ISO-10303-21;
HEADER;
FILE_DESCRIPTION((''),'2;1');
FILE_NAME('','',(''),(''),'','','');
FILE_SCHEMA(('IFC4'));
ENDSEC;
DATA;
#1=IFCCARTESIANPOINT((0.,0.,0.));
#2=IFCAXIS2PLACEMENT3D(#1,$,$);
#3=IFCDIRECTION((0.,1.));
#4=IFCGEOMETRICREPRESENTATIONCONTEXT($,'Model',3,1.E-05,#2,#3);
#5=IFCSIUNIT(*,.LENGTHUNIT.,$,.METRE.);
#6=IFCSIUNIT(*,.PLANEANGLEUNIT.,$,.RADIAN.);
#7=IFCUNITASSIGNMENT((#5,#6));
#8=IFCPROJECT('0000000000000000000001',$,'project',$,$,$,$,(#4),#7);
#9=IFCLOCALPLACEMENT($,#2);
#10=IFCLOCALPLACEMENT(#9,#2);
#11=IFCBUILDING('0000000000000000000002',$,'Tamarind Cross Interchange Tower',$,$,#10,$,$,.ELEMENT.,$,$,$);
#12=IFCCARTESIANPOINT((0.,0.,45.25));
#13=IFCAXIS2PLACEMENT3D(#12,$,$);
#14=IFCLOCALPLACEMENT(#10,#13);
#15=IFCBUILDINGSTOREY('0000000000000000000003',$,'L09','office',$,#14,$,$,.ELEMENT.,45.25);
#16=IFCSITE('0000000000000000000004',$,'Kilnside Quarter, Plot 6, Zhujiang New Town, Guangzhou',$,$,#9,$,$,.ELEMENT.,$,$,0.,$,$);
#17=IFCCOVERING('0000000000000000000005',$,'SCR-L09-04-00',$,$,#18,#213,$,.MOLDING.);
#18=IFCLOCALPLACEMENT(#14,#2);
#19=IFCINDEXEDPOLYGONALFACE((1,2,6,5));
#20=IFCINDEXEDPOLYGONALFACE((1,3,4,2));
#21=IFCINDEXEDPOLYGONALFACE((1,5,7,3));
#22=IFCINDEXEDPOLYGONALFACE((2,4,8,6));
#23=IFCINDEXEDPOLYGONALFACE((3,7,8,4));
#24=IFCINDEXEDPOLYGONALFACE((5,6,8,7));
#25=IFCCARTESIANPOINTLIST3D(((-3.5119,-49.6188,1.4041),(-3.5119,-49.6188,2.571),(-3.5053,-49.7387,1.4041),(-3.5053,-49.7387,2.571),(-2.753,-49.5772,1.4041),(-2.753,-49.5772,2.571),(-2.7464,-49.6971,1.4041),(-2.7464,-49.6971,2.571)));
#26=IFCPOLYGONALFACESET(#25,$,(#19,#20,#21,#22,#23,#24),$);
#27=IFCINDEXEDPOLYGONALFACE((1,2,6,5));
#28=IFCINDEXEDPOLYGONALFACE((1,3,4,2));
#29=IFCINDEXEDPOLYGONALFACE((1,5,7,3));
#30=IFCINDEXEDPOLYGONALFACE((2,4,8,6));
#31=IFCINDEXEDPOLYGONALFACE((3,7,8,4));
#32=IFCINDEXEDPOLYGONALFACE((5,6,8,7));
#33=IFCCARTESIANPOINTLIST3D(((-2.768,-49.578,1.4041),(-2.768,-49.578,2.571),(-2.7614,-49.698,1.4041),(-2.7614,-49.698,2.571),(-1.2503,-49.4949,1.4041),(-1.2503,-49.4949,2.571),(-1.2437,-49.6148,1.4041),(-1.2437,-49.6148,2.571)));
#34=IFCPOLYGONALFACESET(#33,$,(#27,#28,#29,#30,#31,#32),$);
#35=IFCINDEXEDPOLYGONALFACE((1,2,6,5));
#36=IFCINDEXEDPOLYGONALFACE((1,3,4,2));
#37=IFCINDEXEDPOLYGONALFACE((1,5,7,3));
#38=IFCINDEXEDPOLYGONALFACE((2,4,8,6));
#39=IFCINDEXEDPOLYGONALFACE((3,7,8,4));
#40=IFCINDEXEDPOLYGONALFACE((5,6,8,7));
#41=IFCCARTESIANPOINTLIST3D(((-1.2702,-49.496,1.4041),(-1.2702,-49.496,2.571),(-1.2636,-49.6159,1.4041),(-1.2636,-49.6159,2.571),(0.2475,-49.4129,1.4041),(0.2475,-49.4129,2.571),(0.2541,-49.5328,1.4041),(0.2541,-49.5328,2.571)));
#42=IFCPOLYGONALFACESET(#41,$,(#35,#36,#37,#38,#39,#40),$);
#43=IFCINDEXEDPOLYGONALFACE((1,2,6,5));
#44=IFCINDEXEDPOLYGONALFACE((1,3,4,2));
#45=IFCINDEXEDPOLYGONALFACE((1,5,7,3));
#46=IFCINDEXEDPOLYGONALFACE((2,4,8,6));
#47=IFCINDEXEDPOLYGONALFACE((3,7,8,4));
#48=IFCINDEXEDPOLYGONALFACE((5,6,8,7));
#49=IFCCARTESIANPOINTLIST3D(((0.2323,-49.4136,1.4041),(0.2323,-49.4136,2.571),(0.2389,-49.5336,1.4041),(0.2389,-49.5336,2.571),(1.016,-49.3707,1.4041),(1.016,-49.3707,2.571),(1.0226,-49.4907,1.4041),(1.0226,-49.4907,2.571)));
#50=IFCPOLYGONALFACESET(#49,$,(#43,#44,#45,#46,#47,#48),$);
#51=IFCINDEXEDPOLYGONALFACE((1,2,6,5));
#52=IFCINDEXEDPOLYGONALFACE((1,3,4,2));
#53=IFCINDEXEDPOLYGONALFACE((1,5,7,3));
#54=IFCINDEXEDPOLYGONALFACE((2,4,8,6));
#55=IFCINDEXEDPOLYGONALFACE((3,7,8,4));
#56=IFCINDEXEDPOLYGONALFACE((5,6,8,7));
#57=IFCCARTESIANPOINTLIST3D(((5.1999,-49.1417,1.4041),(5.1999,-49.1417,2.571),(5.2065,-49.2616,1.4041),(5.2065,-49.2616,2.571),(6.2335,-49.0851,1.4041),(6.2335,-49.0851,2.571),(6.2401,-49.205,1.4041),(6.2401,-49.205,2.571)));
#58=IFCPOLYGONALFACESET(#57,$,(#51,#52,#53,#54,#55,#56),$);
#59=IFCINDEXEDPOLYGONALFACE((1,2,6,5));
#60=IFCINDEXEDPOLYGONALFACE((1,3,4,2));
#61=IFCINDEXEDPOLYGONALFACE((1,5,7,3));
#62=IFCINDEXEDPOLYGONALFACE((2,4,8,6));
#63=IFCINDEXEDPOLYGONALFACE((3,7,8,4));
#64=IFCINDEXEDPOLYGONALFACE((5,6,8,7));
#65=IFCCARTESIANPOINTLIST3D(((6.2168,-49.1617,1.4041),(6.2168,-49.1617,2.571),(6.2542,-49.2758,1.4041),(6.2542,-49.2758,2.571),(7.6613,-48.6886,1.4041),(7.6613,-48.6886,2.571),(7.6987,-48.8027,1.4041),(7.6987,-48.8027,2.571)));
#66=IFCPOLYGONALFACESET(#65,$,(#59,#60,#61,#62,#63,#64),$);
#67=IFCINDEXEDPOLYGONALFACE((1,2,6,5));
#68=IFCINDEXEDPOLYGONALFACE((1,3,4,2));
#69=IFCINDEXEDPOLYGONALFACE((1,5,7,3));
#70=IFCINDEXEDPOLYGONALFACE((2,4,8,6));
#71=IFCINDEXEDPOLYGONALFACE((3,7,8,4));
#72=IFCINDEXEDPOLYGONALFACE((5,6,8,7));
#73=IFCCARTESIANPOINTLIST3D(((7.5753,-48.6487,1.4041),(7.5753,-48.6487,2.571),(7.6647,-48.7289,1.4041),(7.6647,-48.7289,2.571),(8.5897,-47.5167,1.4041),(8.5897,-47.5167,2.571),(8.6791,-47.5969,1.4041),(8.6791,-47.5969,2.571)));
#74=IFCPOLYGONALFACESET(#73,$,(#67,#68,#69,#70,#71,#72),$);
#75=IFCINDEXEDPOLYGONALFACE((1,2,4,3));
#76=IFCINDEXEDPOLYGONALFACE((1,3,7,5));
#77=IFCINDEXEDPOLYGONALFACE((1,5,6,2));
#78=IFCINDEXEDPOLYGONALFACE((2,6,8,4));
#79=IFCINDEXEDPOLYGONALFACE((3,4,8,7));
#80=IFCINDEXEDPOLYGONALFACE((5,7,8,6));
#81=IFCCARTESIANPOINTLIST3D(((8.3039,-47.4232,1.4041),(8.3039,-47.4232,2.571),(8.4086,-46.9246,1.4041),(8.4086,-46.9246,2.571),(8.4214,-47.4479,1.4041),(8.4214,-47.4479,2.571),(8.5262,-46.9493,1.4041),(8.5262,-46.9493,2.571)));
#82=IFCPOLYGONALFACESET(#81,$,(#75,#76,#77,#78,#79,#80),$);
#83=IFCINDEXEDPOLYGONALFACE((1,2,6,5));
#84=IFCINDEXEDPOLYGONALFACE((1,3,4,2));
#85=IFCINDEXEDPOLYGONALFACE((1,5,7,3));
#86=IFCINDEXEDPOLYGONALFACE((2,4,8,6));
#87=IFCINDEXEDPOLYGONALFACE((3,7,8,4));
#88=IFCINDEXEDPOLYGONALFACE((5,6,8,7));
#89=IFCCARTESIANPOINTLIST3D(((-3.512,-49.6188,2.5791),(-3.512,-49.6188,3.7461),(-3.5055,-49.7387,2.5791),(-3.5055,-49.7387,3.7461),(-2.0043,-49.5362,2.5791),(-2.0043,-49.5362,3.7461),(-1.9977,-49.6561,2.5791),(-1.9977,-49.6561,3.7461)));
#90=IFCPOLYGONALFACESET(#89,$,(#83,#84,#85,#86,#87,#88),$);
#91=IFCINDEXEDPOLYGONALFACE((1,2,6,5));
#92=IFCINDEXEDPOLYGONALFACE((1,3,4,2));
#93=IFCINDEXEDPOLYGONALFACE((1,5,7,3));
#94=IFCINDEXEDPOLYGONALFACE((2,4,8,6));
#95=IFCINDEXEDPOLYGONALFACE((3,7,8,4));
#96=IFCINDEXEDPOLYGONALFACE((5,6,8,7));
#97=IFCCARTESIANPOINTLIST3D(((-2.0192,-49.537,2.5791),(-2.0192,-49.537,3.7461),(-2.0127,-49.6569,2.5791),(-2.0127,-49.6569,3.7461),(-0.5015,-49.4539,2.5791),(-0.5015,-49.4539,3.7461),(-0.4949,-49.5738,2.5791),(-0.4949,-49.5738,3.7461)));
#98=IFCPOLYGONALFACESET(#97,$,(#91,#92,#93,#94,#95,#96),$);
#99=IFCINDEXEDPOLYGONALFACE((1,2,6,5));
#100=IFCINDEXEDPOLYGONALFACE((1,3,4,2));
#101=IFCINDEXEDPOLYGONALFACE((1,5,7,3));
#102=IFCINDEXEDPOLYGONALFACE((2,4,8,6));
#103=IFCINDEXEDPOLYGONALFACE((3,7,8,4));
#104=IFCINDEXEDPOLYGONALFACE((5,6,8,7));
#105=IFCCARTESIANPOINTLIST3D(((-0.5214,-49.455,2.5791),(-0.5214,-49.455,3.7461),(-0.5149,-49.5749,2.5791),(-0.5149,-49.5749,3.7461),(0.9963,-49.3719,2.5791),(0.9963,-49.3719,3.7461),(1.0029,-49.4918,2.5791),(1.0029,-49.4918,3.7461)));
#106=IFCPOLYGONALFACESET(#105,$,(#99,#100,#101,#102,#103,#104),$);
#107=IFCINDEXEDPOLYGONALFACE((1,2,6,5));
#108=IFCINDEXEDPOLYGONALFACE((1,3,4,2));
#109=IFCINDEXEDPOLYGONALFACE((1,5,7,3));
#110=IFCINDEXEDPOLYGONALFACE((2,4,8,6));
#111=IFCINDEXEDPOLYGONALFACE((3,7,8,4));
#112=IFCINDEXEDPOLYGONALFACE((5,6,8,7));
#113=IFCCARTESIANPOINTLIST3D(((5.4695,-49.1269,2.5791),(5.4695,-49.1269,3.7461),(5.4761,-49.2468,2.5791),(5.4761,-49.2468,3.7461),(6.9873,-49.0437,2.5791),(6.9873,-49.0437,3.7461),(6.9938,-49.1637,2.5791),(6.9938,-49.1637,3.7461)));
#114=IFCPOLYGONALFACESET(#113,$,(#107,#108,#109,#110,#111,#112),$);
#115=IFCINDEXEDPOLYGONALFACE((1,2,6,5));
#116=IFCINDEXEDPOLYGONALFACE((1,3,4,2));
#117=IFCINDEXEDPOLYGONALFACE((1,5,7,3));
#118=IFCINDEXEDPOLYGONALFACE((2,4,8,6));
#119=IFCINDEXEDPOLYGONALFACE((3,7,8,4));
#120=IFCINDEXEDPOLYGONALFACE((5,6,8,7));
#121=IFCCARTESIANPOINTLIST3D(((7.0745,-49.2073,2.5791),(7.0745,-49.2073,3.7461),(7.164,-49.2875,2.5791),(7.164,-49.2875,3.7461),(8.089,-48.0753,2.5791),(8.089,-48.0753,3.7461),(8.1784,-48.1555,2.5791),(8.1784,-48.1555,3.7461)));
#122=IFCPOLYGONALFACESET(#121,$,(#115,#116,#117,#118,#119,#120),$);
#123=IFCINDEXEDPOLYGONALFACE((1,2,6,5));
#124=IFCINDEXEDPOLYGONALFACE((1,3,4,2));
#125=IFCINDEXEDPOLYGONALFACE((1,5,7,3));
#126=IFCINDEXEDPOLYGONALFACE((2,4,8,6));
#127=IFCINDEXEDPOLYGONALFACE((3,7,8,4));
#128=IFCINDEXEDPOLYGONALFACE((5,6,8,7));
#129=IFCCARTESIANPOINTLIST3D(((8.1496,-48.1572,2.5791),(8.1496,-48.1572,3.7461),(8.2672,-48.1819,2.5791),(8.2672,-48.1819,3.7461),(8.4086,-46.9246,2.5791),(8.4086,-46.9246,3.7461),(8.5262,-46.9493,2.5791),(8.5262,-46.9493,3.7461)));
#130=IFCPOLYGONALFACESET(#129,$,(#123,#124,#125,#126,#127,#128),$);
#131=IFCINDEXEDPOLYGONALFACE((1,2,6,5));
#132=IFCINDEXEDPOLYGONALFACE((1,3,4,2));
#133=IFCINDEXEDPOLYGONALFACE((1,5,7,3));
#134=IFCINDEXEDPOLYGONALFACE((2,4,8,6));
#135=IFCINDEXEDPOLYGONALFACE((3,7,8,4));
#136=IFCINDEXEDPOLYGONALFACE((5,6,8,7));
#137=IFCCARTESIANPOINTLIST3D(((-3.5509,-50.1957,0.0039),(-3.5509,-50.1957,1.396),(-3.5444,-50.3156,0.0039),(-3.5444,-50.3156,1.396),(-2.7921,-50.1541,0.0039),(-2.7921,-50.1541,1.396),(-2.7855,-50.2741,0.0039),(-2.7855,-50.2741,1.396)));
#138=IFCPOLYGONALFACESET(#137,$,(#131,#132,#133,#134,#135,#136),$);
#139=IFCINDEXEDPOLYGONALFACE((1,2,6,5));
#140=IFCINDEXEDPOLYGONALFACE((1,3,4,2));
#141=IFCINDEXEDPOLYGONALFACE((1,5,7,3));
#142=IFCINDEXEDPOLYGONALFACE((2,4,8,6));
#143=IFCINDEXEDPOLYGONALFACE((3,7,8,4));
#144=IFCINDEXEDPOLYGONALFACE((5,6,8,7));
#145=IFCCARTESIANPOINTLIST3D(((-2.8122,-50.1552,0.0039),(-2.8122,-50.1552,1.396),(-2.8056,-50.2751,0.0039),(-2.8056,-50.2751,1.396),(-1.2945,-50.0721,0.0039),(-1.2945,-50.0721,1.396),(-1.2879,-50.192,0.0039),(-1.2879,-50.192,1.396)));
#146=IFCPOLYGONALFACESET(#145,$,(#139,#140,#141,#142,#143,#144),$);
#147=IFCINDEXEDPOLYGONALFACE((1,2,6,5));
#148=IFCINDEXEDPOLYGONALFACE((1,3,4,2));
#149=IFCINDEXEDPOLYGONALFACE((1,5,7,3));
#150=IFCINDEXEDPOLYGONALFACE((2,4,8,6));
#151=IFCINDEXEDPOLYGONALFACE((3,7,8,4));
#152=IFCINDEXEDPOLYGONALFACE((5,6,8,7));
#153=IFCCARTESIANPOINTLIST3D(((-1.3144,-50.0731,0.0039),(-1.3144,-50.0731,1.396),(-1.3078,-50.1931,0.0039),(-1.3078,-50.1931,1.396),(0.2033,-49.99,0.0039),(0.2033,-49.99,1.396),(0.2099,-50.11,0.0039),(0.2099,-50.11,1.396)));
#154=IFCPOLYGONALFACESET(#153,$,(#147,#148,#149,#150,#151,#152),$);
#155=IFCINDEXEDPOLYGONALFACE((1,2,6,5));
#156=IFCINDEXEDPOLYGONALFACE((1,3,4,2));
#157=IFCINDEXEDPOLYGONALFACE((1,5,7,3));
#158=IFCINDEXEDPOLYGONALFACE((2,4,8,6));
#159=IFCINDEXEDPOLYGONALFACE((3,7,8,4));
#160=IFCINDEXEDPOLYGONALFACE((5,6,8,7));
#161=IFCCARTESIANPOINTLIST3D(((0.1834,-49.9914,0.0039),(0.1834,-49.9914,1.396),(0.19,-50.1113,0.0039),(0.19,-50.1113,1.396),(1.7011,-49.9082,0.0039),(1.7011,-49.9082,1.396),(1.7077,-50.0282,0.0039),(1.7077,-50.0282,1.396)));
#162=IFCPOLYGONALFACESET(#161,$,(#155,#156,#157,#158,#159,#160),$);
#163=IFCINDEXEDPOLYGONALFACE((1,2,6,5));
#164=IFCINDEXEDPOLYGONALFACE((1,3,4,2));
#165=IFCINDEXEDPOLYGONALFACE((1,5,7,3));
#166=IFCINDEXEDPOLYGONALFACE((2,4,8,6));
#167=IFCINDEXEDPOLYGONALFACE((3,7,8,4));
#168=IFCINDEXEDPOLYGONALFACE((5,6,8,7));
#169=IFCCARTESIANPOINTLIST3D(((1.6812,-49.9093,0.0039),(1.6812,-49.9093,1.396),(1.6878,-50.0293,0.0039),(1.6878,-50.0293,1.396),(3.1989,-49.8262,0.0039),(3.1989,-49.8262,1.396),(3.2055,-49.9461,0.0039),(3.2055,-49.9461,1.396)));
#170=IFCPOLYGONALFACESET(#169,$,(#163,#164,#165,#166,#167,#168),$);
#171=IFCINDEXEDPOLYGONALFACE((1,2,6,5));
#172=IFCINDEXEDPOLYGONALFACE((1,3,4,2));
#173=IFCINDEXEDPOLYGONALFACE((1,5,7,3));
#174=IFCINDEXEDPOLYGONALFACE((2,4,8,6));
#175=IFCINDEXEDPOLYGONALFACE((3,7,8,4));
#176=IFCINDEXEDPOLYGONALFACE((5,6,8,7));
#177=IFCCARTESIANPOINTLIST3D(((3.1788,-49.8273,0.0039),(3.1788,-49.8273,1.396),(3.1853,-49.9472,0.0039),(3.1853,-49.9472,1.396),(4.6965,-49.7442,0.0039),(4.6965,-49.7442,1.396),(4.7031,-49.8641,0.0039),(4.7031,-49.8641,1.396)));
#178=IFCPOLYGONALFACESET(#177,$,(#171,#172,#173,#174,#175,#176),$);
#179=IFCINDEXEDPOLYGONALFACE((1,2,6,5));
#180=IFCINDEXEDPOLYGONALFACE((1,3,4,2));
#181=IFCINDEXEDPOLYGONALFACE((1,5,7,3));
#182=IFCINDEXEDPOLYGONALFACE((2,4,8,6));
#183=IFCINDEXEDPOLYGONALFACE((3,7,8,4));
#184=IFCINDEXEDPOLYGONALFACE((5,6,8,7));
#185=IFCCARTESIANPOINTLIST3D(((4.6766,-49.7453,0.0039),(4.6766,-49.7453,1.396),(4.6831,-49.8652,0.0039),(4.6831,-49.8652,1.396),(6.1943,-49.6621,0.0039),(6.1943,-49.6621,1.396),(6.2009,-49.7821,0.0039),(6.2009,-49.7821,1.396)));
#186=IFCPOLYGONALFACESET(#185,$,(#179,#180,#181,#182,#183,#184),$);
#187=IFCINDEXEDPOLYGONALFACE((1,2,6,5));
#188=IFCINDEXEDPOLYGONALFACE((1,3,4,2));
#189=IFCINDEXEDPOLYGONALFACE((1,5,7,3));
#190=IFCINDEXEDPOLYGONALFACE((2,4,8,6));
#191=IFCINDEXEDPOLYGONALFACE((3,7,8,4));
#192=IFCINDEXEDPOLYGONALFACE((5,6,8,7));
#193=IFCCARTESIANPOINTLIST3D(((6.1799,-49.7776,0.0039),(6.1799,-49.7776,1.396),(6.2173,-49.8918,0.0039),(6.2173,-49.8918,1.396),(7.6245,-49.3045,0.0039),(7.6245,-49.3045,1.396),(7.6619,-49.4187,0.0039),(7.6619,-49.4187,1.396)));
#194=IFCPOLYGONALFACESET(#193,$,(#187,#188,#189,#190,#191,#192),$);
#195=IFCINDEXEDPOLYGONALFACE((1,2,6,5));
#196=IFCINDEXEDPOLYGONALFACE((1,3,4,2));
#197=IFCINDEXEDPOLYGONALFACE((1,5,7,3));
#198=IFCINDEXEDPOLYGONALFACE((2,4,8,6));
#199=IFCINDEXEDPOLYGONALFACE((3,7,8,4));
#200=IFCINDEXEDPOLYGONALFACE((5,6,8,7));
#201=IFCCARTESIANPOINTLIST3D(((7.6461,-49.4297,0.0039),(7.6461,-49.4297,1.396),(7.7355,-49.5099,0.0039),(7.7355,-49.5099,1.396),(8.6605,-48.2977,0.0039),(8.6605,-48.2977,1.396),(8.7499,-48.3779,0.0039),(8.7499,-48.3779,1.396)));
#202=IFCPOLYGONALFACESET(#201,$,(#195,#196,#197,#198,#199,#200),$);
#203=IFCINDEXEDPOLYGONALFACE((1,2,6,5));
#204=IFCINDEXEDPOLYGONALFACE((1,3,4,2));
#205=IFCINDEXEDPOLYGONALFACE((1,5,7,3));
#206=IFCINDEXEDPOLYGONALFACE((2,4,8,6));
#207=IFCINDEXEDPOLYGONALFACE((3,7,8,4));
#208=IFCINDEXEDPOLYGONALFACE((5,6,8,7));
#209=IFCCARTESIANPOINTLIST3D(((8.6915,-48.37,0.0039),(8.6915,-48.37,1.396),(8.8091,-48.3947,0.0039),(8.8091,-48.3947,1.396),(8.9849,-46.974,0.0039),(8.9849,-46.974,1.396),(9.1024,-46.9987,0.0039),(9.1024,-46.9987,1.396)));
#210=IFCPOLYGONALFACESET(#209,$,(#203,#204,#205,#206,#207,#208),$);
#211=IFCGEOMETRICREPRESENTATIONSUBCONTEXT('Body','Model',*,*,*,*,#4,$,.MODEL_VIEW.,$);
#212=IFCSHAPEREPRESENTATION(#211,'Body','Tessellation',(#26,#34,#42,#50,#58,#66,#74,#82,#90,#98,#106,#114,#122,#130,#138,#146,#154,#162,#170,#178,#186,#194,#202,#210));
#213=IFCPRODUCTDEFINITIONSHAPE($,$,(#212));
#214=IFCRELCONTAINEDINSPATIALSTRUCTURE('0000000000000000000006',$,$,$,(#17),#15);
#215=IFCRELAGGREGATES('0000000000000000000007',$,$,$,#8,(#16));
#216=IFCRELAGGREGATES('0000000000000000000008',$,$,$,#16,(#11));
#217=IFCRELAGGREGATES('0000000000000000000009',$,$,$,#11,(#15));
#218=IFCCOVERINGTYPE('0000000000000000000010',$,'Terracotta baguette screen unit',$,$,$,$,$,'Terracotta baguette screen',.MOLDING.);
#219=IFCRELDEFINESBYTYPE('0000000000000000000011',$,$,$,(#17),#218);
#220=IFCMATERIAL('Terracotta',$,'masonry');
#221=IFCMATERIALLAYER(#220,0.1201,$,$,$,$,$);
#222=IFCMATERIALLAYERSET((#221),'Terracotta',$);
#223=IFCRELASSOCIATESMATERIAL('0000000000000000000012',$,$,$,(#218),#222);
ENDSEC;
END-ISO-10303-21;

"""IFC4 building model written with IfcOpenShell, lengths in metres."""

from ifc_helpers import new_model, si_unit, direction, frame, origin, origin_2d, place, context, subcontext, project, spatial, rectangle, extrude, material, layer, layer_set, type_object, element, save


model = new_model("IFC4")

# Units and contexts
model_context = context("Model", 3, precision=1e-05, world=origin(), true_north=direction((0.0, 1.0)))
body_context = subcontext(model_context, "Body", "Model", "MODEL_VIEW")
ifc_project = project(units=[si_unit("LENGTHUNIT", "METRE"), si_unit("PLANEANGLEUNIT", "RADIAN")], contexts=[model_context])

# Site, building, storey
site_placement = place(None, origin())
site = spatial("IfcSite", under=ifc_project, at=site_placement, Name="Kilnside Quarter, Plot 6, Zhujiang New Town, Guangzhou", CompositionType="ELEMENT", RefElevation=0.0)
building_placement = place(site_placement, origin())
building = spatial("IfcBuilding", under=site, at=building_placement, Name="Tamarind Cross Interchange Tower", CompositionType="ELEMENT")
storey_placement = place(building_placement, frame((0.0, 0.0, 45.25)))
storey = spatial("IfcBuildingStorey", under=building, at=storey_placement, Name="L09", Description="office", CompositionType="ELEMENT", Elevation=45.25)

# Covering
ifc_material_1 = material(Name="Terracotta", Category="masonry")
ifc_layer_1 = layer(ifc_material_1, 0.1201)
ifc_layer_set_1 = layer_set([ifc_layer_1], Name="Terracotta")
covering_type = type_object("IfcCoveringType", Name="Terracotta baguette screen unit", ElementType="Terracotta baguette screen", PredefinedType="MOLDING", material=ifc_layer_set_1)
covering_1_placement = place(storey_placement, origin())
element("IfcCovering", 1, at=covering_1_placement, inside=storey, type_object=covering_type, Name="SCR-L09-04-00", PredefinedType="MOLDING", context=body_context, shape_type="SweptSolid", body=[
    extrude(rectangle(XDim=0.76, YDim=0.1201, at=origin_2d()), frame((-3.1292, -49.658, 1.4041), z_axis=(0.0, 0.0, 1.0), x_axis=(0.998504, 0.054678, 0.0)), (0.0, 0.0, 1.0), 1.167),
    extrude(rectangle(XDim=1.52, YDim=0.1201, at=origin_2d()), frame((-2.0059, -49.5964, 1.4041), z_axis=(0.0, 0.0, 1.0), x_axis=(0.998504, 0.054678, 0.0)), (0.0, 0.0, 1.0), 1.167),
    extrude(rectangle(XDim=1.52, YDim=0.1201, at=origin_2d()), frame((-0.5081, -49.5144, 1.4041), z_axis=(0.0, 0.0, 1.0), x_axis=(0.998504, 0.054678, 0.0)), (0.0, 0.0, 1.0), 1.167),
    extrude(rectangle(XDim=0.7849, YDim=0.1201, at=origin_2d()), frame((0.6274, -49.4521, 1.4041), z_axis=(0.0, 0.0, 1.0), x_axis=(0.998504, 0.054678, 0.0)), (0.0, 0.0, 1.0), 1.167),
    extrude(rectangle(XDim=1.0352, YDim=0.1201, at=origin_2d()), frame((5.72, -49.1733, 1.4041), z_axis=(0.0, 0.0, 1.0), x_axis=(0.998504, 0.054678, 0.0)), (0.0, 0.0, 1.0), 1.167),
    extrude(rectangle(XDim=1.52, YDim=0.1201, at=origin_2d()), frame((6.9578, -48.9822, 1.4041), z_axis=(0.0, 0.0, 1.0), x_axis=(0.950329, 0.311247, 0.0)), (0.0, 0.0, 1.0), 1.167),
    extrude(rectangle(XDim=1.52, YDim=0.1201, at=origin_2d()), frame((8.1272, -48.1228, 1.4041), z_axis=(0.0, 0.0, 1.0), x_axis=(0.667386, 0.744712, 0.0)), (0.0, 0.0, 1.0), 1.167),
    extrude(rectangle(XDim=0.5095, YDim=0.1201, at=origin_2d()), frame((8.415, -47.1863, 1.4041), z_axis=(0.0, 0.0, 1.0), x_axis=(0.205617, 0.978633, 0.0)), (0.0, 0.0, 1.0), 1.167),
    extrude(rectangle(XDim=1.51, YDim=0.1201, at=origin_2d()), frame((-2.7549, -49.6375, 2.5791), z_axis=(0.0, 0.0, 1.0), x_axis=(0.998504, 0.054678, 0.0)), (0.0, 0.0, 1.0), 1.167),
    extrude(rectangle(XDim=1.52, YDim=0.1201, at=origin_2d()), frame((-1.2571, -49.5554, 2.5791), z_axis=(0.0, 0.0, 1.0), x_axis=(0.998504, 0.054678, 0.0)), (0.0, 0.0, 1.0), 1.167),
    extrude(rectangle(XDim=1.52, YDim=0.1201, at=origin_2d()), frame((0.2407, -49.4734, 2.5791), z_axis=(0.0, 0.0, 1.0), x_axis=(0.998504, 0.054678, 0.0)), (0.0, 0.0, 1.0), 1.167),
    extrude(rectangle(XDim=1.52, YDim=0.1201, at=origin_2d()), frame((6.2317, -49.1453, 2.5791), z_axis=(0.0, 0.0, 1.0), x_axis=(0.998504, 0.054678, 0.0)), (0.0, 0.0, 1.0), 1.167),
    extrude(rectangle(XDim=1.52, YDim=0.1201, at=origin_2d()), frame((7.6265, -48.6814, 2.5791), z_axis=(0.0, 0.0, 1.0), x_axis=(0.667386, 0.744712, 0.0)), (0.0, 0.0, 1.0), 1.167),
    extrude(rectangle(XDim=1.2595, YDim=0.1201, at=origin_2d()), frame((8.3379, -47.5532, 2.5791), z_axis=(0.0, 0.0, 1.0), x_axis=(0.205617, 0.978633, 0.0)), (0.0, 0.0, 1.0), 1.167),
    extrude(rectangle(XDim=0.76, YDim=0.1201, at=origin_2d()), frame((-3.1682, -50.2349, 0.0039), z_axis=(0.0, 0.0, 1.0), x_axis=(0.998504, 0.054678, 0.0)), (0.0, 0.0, 1.0), 1.3921),
    extrude(rectangle(XDim=1.52, YDim=0.1201, at=origin_2d()), frame((-2.05, -50.1736, 0.0039), z_axis=(0.0, 0.0, 1.0), x_axis=(0.998504, 0.054678, 0.0)), (0.0, 0.0, 1.0), 1.3921),
    extrude(rectangle(XDim=1.52, YDim=0.1201, at=origin_2d()), frame((-0.5522, -50.0916, 0.0039), z_axis=(0.0, 0.0, 1.0), x_axis=(0.998504, 0.054678, 0.0)), (0.0, 0.0, 1.0), 1.3921),
    extrude(rectangle(XDim=1.52, YDim=0.1201, at=origin_2d()), frame((0.9456, -50.0098, 0.0039), z_axis=(0.0, 0.0, 1.0), x_axis=(0.998504, 0.054678, 0.0)), (0.0, 0.0, 1.0), 1.3921),
    extrude(rectangle(XDim=1.52, YDim=0.1201, at=origin_2d()), frame((2.4434, -49.9277, 0.0039), z_axis=(0.0, 0.0, 1.0), x_axis=(0.998504, 0.054678, 0.0)), (0.0, 0.0, 1.0), 1.3921),
    extrude(rectangle(XDim=1.52, YDim=0.1201, at=origin_2d()), frame((3.9409, -49.8457, 0.0039), z_axis=(0.0, 0.0, 1.0), x_axis=(0.998504, 0.054678, 0.0)), (0.0, 0.0, 1.0), 1.3921),
    extrude(rectangle(XDim=1.52, YDim=0.1201, at=origin_2d()), frame((5.4387, -49.7637, 0.0039), z_axis=(0.0, 0.0, 1.0), x_axis=(0.998504, 0.054678, 0.0)), (0.0, 0.0, 1.0), 1.3921),
    extrude(rectangle(XDim=1.52, YDim=0.1201, at=origin_2d()), frame((6.9209, -49.5981, 0.0039), z_axis=(0.0, 0.0, 1.0), x_axis=(0.950329, 0.311247, 0.0)), (0.0, 0.0, 1.0), 1.3921),
    extrude(rectangle(XDim=1.52, YDim=0.1201, at=origin_2d()), frame((8.198, -48.9038, 0.0039), z_axis=(0.0, 0.0, 1.0), x_axis=(0.667386, 0.744712, 0.0)), (0.0, 0.0, 1.0), 1.3921),
    extrude(rectangle(XDim=1.4265, YDim=0.1201, at=origin_2d()), frame((8.897, -47.6843, 0.0039), z_axis=(0.0, 0.0, 1.0), x_axis=(0.205617, 0.978633, 0.0)), (0.0, 0.0, 1.0), 1.3921),
])

save(model, "model.ifc")
